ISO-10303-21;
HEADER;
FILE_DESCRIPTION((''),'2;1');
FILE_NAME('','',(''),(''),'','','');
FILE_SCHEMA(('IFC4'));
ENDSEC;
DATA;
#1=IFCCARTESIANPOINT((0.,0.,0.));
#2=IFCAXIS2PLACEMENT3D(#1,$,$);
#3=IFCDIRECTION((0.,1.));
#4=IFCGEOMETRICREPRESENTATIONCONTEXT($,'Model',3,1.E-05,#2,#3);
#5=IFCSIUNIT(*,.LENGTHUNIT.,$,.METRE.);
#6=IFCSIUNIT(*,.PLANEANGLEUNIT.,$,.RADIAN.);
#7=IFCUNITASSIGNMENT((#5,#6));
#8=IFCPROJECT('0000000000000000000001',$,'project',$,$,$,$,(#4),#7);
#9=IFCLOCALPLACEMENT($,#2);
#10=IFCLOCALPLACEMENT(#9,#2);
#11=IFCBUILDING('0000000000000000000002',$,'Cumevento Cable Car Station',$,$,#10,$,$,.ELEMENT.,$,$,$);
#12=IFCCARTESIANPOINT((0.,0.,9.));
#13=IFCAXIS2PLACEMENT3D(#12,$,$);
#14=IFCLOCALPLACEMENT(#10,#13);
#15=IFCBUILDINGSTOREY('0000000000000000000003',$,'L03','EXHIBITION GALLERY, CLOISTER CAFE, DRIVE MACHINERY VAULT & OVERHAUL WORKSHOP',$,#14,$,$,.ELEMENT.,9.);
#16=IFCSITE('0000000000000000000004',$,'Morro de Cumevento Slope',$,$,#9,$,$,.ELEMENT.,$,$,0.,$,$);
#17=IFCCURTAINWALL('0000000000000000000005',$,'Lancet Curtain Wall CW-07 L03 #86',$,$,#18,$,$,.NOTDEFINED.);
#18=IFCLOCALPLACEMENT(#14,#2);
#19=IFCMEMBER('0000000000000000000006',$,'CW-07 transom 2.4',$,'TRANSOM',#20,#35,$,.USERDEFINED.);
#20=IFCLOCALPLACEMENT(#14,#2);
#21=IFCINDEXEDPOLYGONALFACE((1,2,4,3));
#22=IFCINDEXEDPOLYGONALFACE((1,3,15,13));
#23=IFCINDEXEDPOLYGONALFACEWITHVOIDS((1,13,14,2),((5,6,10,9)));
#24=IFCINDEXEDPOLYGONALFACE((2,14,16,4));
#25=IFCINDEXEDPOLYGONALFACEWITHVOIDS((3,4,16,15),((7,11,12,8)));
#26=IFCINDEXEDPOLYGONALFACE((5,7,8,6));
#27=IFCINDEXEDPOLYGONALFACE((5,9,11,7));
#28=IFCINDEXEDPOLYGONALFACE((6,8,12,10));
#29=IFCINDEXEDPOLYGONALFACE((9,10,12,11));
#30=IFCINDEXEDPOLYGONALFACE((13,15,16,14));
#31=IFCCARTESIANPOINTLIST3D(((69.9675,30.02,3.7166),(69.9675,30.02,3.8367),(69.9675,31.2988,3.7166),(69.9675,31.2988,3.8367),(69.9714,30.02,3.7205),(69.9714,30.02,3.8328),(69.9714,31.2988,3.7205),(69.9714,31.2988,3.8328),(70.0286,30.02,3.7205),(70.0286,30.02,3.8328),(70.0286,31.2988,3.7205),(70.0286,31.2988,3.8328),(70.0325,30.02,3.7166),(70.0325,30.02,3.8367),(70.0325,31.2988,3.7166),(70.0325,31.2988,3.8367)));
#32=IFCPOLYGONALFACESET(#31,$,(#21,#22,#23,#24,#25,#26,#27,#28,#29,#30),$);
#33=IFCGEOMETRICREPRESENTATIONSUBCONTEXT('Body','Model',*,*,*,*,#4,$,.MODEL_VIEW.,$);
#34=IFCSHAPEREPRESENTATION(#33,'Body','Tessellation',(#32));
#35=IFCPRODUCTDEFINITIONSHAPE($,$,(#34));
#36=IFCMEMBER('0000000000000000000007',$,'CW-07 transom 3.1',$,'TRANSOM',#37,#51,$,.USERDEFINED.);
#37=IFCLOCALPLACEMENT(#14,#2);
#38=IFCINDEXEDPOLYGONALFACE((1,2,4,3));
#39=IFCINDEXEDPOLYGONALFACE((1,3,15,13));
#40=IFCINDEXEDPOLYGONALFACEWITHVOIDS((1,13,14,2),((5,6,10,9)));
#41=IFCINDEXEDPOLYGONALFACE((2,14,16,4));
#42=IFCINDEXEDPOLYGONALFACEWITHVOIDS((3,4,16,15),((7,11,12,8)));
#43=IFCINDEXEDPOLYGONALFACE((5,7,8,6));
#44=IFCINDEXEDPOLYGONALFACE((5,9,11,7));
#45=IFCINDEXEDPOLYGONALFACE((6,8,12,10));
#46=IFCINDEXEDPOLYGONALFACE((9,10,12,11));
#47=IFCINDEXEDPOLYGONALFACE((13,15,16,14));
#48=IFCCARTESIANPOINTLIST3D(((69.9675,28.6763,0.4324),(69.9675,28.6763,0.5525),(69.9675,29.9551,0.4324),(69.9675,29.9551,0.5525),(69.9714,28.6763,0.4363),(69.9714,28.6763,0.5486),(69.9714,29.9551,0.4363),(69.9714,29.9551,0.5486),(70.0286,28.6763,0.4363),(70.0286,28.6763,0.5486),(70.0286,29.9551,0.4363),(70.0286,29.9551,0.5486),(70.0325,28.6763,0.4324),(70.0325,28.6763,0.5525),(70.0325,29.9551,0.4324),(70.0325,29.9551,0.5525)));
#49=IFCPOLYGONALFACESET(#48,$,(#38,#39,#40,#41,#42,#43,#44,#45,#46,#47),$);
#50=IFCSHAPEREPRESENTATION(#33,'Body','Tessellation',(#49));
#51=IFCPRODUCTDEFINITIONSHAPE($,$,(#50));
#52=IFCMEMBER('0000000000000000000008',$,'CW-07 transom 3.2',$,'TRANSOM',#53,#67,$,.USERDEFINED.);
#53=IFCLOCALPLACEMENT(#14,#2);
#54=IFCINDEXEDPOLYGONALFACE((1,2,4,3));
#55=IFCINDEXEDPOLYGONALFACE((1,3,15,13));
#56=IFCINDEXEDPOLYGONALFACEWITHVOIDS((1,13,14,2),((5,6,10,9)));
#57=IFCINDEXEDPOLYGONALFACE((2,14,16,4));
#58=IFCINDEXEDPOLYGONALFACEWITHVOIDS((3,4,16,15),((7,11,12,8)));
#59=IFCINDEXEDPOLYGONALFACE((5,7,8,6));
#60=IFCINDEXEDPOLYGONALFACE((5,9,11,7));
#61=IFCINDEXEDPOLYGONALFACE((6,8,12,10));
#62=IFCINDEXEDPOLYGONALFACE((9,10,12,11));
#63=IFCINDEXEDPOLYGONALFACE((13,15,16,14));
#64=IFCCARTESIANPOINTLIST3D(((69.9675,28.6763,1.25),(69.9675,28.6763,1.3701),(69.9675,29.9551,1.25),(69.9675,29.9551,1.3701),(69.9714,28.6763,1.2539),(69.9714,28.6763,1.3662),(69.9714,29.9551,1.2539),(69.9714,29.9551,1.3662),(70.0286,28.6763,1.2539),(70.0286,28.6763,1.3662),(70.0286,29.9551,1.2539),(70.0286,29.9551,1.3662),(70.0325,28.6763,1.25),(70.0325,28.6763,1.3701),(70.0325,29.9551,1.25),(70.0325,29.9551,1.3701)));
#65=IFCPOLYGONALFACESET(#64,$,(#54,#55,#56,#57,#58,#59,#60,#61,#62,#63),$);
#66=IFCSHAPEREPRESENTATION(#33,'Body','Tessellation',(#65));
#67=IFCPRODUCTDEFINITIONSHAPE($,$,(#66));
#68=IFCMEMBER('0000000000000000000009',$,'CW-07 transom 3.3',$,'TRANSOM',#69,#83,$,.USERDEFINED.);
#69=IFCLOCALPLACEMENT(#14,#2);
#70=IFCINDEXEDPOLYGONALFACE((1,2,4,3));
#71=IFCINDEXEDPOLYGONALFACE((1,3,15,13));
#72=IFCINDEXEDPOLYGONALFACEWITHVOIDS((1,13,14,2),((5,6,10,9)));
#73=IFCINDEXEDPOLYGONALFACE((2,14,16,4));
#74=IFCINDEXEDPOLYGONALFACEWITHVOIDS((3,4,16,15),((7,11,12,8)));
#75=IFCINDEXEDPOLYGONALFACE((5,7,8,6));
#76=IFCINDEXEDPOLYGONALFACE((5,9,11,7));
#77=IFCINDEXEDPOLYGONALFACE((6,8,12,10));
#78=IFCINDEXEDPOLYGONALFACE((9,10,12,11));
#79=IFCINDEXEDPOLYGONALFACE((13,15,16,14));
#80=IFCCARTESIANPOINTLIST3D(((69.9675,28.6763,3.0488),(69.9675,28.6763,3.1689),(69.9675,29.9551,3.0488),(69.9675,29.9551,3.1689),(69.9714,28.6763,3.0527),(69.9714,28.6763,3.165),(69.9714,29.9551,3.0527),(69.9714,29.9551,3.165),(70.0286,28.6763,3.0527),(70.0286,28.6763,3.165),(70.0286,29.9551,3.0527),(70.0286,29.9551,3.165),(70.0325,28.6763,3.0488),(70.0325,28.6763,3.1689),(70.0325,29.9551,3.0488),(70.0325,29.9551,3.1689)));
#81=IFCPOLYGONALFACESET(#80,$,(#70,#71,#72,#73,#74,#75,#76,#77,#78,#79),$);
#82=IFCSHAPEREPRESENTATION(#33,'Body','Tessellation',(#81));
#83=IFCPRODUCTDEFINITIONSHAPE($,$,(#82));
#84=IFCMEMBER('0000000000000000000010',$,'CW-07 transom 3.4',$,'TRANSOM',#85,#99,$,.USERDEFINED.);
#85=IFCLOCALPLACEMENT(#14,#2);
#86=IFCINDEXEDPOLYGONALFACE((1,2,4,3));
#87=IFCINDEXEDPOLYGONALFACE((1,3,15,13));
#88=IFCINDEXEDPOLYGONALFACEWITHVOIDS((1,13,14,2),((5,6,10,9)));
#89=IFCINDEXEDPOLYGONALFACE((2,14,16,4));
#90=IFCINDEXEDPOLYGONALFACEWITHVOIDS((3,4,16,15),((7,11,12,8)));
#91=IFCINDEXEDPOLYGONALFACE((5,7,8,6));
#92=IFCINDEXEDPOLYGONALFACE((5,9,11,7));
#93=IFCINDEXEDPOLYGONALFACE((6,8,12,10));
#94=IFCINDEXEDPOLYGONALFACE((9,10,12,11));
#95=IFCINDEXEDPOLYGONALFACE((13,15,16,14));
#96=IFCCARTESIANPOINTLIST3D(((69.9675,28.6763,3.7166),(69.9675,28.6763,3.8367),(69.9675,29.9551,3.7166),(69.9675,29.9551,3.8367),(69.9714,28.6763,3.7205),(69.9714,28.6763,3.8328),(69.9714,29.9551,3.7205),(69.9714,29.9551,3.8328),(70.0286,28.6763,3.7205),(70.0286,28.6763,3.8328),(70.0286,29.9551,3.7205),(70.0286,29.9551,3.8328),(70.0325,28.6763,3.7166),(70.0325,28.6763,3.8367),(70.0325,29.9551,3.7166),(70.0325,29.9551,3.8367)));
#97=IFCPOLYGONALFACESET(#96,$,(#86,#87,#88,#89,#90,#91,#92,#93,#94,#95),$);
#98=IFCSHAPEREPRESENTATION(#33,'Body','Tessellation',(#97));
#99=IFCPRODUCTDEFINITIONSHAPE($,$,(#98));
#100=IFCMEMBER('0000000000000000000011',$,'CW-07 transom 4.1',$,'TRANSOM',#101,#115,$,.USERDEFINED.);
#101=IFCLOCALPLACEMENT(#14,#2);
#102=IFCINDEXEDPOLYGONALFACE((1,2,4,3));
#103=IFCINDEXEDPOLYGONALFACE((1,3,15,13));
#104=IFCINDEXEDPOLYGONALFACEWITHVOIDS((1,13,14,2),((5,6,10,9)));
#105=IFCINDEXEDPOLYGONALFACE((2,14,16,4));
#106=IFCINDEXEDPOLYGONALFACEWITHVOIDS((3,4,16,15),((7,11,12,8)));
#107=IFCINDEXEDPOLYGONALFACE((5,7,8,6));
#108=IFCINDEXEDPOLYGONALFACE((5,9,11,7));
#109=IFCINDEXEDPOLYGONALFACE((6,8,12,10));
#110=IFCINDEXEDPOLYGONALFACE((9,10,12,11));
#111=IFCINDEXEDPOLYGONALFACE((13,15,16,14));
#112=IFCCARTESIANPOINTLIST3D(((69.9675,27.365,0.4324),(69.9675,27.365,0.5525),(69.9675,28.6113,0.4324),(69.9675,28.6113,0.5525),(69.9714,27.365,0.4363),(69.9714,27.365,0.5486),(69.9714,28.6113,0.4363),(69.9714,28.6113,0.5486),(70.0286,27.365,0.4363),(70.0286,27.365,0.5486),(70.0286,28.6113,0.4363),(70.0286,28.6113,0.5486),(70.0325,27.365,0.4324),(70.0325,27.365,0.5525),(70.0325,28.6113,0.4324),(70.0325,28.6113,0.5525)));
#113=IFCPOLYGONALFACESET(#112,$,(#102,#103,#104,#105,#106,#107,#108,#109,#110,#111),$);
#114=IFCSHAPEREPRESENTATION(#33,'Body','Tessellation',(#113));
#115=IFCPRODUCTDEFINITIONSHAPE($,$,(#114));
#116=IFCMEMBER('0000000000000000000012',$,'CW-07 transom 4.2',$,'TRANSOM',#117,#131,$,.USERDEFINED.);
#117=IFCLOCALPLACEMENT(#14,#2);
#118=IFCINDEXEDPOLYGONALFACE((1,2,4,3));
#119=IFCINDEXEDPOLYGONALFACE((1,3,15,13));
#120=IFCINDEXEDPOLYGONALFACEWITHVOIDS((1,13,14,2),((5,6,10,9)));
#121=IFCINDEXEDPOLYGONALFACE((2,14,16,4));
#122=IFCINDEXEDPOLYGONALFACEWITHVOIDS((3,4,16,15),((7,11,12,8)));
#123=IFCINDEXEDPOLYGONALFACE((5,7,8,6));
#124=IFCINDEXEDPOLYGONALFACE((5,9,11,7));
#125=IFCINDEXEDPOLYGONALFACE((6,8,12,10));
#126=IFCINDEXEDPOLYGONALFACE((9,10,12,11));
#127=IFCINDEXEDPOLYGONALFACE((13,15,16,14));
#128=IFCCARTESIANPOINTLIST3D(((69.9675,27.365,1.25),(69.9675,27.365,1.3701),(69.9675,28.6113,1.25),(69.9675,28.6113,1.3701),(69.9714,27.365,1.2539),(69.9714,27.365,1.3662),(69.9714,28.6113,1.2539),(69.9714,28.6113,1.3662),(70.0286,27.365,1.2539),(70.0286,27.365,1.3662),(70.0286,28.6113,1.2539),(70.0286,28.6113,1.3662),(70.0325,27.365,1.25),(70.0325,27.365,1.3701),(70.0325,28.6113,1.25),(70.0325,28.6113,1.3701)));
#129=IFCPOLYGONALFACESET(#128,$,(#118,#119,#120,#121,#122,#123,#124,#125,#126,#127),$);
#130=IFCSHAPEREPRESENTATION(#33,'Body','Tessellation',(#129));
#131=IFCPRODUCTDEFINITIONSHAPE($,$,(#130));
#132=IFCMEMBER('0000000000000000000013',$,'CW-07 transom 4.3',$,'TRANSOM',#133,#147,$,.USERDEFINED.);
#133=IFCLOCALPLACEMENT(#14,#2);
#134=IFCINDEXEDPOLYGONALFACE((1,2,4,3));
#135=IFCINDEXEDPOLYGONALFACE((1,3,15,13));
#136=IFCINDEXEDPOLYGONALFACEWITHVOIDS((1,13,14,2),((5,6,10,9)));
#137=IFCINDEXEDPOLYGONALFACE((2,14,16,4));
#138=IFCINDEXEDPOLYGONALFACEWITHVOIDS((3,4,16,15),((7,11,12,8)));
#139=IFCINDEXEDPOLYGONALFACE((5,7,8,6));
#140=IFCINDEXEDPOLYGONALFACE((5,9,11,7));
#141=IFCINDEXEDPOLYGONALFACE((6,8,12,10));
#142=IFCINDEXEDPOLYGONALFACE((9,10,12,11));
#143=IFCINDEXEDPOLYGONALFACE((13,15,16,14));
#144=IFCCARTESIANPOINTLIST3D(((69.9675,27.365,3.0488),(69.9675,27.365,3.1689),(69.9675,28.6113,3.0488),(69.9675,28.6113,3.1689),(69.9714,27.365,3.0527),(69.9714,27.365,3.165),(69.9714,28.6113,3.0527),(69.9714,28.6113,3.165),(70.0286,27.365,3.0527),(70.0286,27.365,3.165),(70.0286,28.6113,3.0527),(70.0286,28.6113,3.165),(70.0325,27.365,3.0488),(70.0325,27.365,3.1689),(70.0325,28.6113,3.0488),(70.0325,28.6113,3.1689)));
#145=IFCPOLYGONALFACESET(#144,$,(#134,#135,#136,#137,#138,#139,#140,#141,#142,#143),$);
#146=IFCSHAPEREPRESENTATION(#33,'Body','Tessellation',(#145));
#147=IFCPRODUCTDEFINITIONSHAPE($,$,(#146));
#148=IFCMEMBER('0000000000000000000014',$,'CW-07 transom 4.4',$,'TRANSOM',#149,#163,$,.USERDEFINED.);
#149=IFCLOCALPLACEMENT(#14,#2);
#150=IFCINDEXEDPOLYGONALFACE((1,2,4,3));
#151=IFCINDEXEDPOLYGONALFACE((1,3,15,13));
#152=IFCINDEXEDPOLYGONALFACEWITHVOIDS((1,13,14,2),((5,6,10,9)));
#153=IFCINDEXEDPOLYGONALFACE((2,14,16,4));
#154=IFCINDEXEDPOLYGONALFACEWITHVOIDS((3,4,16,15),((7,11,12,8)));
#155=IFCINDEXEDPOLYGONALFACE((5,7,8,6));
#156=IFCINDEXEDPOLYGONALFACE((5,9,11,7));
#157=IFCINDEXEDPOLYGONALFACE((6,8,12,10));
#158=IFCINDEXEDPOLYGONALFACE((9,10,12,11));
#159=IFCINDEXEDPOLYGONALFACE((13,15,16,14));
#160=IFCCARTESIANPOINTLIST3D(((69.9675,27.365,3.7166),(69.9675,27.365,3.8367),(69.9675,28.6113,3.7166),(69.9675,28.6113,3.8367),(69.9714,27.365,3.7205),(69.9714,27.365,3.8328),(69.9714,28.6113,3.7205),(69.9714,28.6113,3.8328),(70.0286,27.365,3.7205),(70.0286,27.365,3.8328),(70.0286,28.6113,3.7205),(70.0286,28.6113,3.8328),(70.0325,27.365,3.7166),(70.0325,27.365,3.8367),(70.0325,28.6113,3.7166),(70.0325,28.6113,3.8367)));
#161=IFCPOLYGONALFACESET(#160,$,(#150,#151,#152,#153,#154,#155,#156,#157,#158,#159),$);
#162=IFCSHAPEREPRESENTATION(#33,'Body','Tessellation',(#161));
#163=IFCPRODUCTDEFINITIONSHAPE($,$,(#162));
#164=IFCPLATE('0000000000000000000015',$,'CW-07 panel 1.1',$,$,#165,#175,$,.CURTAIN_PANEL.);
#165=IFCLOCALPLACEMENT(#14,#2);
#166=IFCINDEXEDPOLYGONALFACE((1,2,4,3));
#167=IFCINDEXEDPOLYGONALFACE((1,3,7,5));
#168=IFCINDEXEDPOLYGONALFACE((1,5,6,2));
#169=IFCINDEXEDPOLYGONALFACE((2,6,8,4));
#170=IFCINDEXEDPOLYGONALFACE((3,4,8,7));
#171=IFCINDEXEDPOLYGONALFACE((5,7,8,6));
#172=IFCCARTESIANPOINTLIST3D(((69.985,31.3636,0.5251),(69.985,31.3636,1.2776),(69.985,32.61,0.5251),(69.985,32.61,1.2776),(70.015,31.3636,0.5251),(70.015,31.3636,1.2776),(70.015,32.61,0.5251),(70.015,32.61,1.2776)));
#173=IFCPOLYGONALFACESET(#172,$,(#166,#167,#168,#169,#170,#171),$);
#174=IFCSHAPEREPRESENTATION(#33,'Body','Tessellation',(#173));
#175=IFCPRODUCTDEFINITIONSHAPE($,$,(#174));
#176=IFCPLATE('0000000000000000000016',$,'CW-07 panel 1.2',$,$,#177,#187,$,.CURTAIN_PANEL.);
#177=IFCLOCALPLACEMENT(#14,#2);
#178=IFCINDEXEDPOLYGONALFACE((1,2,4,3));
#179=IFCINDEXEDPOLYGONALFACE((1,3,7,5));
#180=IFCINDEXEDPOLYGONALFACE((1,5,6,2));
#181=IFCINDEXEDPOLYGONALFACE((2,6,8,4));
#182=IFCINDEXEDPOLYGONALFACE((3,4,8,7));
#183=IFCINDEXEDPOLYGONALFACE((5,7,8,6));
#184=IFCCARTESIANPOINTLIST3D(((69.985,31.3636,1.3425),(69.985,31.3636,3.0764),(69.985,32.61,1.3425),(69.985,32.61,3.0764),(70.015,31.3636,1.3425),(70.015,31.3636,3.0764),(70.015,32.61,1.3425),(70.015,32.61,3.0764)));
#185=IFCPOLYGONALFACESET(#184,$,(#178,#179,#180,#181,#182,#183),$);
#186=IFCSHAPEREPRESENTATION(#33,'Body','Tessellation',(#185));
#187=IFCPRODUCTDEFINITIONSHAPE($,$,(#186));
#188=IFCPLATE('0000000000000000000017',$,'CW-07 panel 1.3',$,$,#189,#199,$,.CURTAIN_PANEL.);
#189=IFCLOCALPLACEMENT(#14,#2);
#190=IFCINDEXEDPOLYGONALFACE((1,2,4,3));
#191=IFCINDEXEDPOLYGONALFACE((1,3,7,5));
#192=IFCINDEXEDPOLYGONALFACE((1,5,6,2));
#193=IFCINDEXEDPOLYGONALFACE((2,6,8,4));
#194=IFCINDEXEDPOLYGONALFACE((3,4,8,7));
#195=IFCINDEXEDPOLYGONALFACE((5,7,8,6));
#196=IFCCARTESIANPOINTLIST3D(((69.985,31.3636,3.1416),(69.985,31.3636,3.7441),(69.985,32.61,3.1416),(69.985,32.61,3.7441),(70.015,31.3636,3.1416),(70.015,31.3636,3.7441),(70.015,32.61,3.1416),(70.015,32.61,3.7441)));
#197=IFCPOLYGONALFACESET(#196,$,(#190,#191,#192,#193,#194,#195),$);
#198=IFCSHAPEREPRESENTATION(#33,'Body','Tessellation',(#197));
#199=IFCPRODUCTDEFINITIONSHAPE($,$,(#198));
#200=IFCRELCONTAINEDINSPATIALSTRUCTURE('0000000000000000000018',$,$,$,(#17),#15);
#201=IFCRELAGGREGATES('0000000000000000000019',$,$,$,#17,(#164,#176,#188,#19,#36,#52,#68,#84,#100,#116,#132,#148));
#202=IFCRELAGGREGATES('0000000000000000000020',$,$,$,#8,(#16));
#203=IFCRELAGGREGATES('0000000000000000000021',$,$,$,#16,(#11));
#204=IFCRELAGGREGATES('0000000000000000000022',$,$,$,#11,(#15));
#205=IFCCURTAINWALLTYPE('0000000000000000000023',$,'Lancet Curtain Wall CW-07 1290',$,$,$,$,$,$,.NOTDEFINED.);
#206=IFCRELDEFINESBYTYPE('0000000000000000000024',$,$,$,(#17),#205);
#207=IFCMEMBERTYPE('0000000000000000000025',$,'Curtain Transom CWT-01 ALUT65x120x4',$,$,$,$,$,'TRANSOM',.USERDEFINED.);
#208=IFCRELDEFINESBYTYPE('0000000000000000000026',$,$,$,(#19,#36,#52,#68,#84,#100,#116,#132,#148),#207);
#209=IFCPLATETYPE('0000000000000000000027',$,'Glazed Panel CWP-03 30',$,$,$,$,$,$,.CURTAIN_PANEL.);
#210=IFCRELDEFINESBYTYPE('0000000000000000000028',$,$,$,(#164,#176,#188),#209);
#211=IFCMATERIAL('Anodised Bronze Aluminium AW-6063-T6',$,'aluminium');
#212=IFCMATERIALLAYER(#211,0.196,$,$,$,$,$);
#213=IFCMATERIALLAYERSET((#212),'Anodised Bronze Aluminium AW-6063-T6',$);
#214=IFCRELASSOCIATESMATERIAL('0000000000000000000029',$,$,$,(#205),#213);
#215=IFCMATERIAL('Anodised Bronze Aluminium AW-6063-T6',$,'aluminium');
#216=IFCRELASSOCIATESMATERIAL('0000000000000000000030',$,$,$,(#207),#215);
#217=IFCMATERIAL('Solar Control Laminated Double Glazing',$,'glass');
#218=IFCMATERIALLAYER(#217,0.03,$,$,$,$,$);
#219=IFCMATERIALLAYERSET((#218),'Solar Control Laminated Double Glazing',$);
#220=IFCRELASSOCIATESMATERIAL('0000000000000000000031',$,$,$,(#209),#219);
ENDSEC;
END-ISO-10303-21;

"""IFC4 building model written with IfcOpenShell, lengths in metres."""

from ifc_helpers import new_model, si_unit, direction, frame, origin, origin_2d, place, context, subcontext, project, spatial, rectangle, hollow_rectangle, extrude, material, layer, layer_set, material_profile, profile_set, type_object, element, aggregate, save


model = new_model("IFC4")

# Units and contexts
model_context = context("Model", 3, precision=1e-05, world=origin(), true_north=direction((0.0, 1.0)))
body_context = subcontext(model_context, "Body", "Model", "MODEL_VIEW")
ifc_project = project(units=[si_unit("LENGTHUNIT", "METRE"), si_unit("PLANEANGLEUNIT", "RADIAN")], contexts=[model_context])

# Site, building, storey
site_placement = place(None, origin())
site = spatial("IfcSite", under=ifc_project, at=site_placement, Name="Morro de Cumevento Slope", CompositionType="ELEMENT", RefElevation=0.0)
building_placement = place(site_placement, origin())
building = spatial("IfcBuilding", under=site, at=building_placement, Name="Cumevento Cable Car Station", CompositionType="ELEMENT")
storey_placement = place(building_placement, frame((0.0, 0.0, 9.0)))
storey = spatial("IfcBuildingStorey", under=building, at=storey_placement, Name="L03", Description="EXHIBITION GALLERY, CLOISTER CAFE, DRIVE MACHINERY VAULT & OVERHAUL WORKSHOP", CompositionType="ELEMENT", Elevation=9.0)

# Curtain wall, members, plates
ifc_material_1 = material(Name="Anodised Bronze Aluminium AW-6063-T6", Category="aluminium")
ifc_layer_1 = layer(ifc_material_1, 0.196)
ifc_layer_set_1 = layer_set([ifc_layer_1], Name="Anodised Bronze Aluminium AW-6063-T6")
curtain_wall_type = type_object("IfcCurtainWallType", Name="Lancet Curtain Wall CW-07 1290", PredefinedType="NOTDEFINED", material=ifc_layer_set_1)
curtain_wall_placement = place(storey_placement, origin())
curtain_wall = element("IfcCurtainWall", 1, at=curtain_wall_placement, inside=storey, type_object=curtain_wall_type, Name="Lancet Curtain Wall CW-07 L03 #86", PredefinedType="NOTDEFINED")
ifc_material_2 = material(Name="Anodised Bronze Aluminium AW-6063-T6", Category="aluminium")
ifc_material_profile_1 = material_profile(ifc_material_2, hollow_rectangle(XDim=0.0649, YDim=0.1201, WallThickness=0.0039, at=origin_2d()), Name="ALUT65x120x4")
ifc_profile_set_1 = profile_set([ifc_material_profile_1], Name="Anodised Bronze Aluminium AW-6063-T6")
member_type_1 = type_object("IfcMemberType", Name="Curtain Transom CWT-01 ALUT65x120x4", ElementType="TRANSOM", PredefinedType="USERDEFINED", material=ifc_profile_set_1)
member_1_placement = place(storey_placement, frame((70.0, 31.2988, 3.7766), z_axis=(0.0, -1.0, 0.0), x_axis=(1.0, 0.0, 0.0)))
member_1 = element("IfcMember", 2, at=member_1_placement, type_object=member_type_1, Name="CW-07 transom 2.4", ObjectType="TRANSOM", PredefinedType="USERDEFINED", context=body_context, shape_type="SweptSolid", body=[
    extrude(hollow_rectangle(XDim=0.0649, YDim=0.1201, WallThickness=0.0039, at=origin_2d()), origin(), (0.0, 0.0, 1.0), 1.2788),
])
member_2_placement = place(storey_placement, frame((70.0, 29.9551, 0.4924), z_axis=(0.0, -1.0, 0.0), x_axis=(1.0, 0.0, 0.0)))
member_2 = element("IfcMember", 3, at=member_2_placement, type_object=member_type_1, Name="CW-07 transom 3.1", ObjectType="TRANSOM", PredefinedType="USERDEFINED", context=body_context, shape_type="SweptSolid", body=[
    extrude(hollow_rectangle(XDim=0.0649, YDim=0.1201, WallThickness=0.0039, at=origin_2d()), origin(), (0.0, 0.0, 1.0), 1.2788),
])
member_3_placement = place(storey_placement, frame((70.0, 29.9551, 1.3101), z_axis=(0.0, -1.0, 0.0), x_axis=(1.0, 0.0, 0.0)))
member_3 = element("IfcMember", 4, at=member_3_placement, type_object=member_type_1, Name="CW-07 transom 3.2", ObjectType="TRANSOM", PredefinedType="USERDEFINED", context=body_context, shape_type="SweptSolid", body=[
    extrude(hollow_rectangle(XDim=0.0649, YDim=0.1201, WallThickness=0.0039, at=origin_2d()), origin(), (0.0, 0.0, 1.0), 1.2788),
])
member_4_placement = place(storey_placement, frame((70.0, 29.9551, 3.1089), z_axis=(0.0, -1.0, 0.0), x_axis=(1.0, 0.0, 0.0)))
member_4 = element("IfcMember", 5, at=member_4_placement, type_object=member_type_1, Name="CW-07 transom 3.3", ObjectType="TRANSOM", PredefinedType="USERDEFINED", context=body_context, shape_type="SweptSolid", body=[
    extrude(hollow_rectangle(XDim=0.0649, YDim=0.1201, WallThickness=0.0039, at=origin_2d()), origin(), (0.0, 0.0, 1.0), 1.2788),
])
member_5_placement = place(storey_placement, frame((70.0, 29.9551, 3.7766), z_axis=(0.0, -1.0, 0.0), x_axis=(1.0, 0.0, 0.0)))
member_5 = element("IfcMember", 6, at=member_5_placement, type_object=member_type_1, Name="CW-07 transom 3.4", ObjectType="TRANSOM", PredefinedType="USERDEFINED", context=body_context, shape_type="SweptSolid", body=[
    extrude(hollow_rectangle(XDim=0.0649, YDim=0.1201, WallThickness=0.0039, at=origin_2d()), origin(), (0.0, 0.0, 1.0), 1.2788),
])
member_6_placement = place(storey_placement, frame((70.0, 28.6113, 0.4924), z_axis=(0.0, -1.0, 0.0), x_axis=(1.0, 0.0, 0.0)))
member_6 = element("IfcMember", 7, at=member_6_placement, type_object=member_type_1, Name="CW-07 transom 4.1", ObjectType="TRANSOM", PredefinedType="USERDEFINED", context=body_context, shape_type="SweptSolid", body=[
    extrude(hollow_rectangle(XDim=0.0649, YDim=0.1201, WallThickness=0.0039, at=origin_2d()), origin(), (0.0, 0.0, 1.0), 1.2463),
])
member_7_placement = place(storey_placement, frame((70.0, 28.6113, 1.3101), z_axis=(0.0, -1.0, 0.0), x_axis=(1.0, 0.0, 0.0)))
member_7 = element("IfcMember", 8, at=member_7_placement, type_object=member_type_1, Name="CW-07 transom 4.2", ObjectType="TRANSOM", PredefinedType="USERDEFINED", context=body_context, shape_type="SweptSolid", body=[
    extrude(hollow_rectangle(XDim=0.0649, YDim=0.1201, WallThickness=0.0039, at=origin_2d()), origin(), (0.0, 0.0, 1.0), 1.2463),
])
member_8_placement = place(storey_placement, frame((70.0, 28.6113, 3.1089), z_axis=(0.0, -1.0, 0.0), x_axis=(1.0, 0.0, 0.0)))
member_8 = element("IfcMember", 9, at=member_8_placement, type_object=member_type_1, Name="CW-07 transom 4.3", ObjectType="TRANSOM", PredefinedType="USERDEFINED", context=body_context, shape_type="SweptSolid", body=[
    extrude(hollow_rectangle(XDim=0.0649, YDim=0.1201, WallThickness=0.0039, at=origin_2d()), origin(), (0.0, 0.0, 1.0), 1.2463),
])
member_9_placement = place(storey_placement, frame((70.0, 28.6113, 3.7766), z_axis=(0.0, -1.0, 0.0), x_axis=(1.0, 0.0, 0.0)))
member_9 = element("IfcMember", 10, at=member_9_placement, type_object=member_type_1, Name="CW-07 transom 4.4", ObjectType="TRANSOM", PredefinedType="USERDEFINED", context=body_context, shape_type="SweptSolid", body=[
    extrude(hollow_rectangle(XDim=0.0649, YDim=0.1201, WallThickness=0.0039, at=origin_2d()), origin(), (0.0, 0.0, 1.0), 1.2463),
])
ifc_material_3 = material(Name="Solar Control Laminated Double Glazing", Category="glass")
ifc_layer_2 = layer(ifc_material_3, 0.03)
ifc_layer_set_2 = layer_set([ifc_layer_2], Name="Solar Control Laminated Double Glazing")
plate_type = type_object("IfcPlateType", Name="Glazed Panel CWP-03 30", PredefinedType="CURTAIN_PANEL", material=ifc_layer_set_2)
plate_1_placement = place(storey_placement, frame((70.0, 31.9868, 0.5251), z_axis=(0.0, 0.0, 1.0), x_axis=(0.0, -1.0, 0.0)))
plate_1 = element("IfcPlate", 11, at=plate_1_placement, type_object=plate_type, Name="CW-07 panel 1.1", PredefinedType="CURTAIN_PANEL", context=body_context, shape_type="SweptSolid", body=[
    extrude(rectangle(XDim=1.2463, YDim=0.03, at=origin_2d()), origin(), (0.0, 0.0, 1.0), 0.7524),
])
plate_2_placement = place(storey_placement, frame((70.0, 31.9868, 1.3425), z_axis=(0.0, 0.0, 1.0), x_axis=(0.0, -1.0, 0.0)))
plate_2 = element("IfcPlate", 12, at=plate_2_placement, type_object=plate_type, Name="CW-07 panel 1.2", PredefinedType="CURTAIN_PANEL", context=body_context, shape_type="SweptSolid", body=[
    extrude(rectangle(XDim=1.2463, YDim=0.03, at=origin_2d()), origin(), (0.0, 0.0, 1.0), 1.7339),
])
plate_3_placement = place(storey_placement, frame((70.0, 31.9868, 3.1416), z_axis=(0.0, 0.0, 1.0), x_axis=(0.0, -1.0, 0.0)))
plate_3 = element("IfcPlate", 13, at=plate_3_placement, type_object=plate_type, Name="CW-07 panel 1.3", PredefinedType="CURTAIN_PANEL", context=body_context, shape_type="SweptSolid", body=[
    extrude(rectangle(XDim=1.2463, YDim=0.03, at=origin_2d()), origin(), (0.0, 0.0, 1.0), 0.6025),
])
aggregate(curtain_wall, [plate_1, plate_2, plate_3, member_1, member_2, member_3, member_4, member_5, member_6, member_7, member_8, member_9])

save(model, "model.ifc")
